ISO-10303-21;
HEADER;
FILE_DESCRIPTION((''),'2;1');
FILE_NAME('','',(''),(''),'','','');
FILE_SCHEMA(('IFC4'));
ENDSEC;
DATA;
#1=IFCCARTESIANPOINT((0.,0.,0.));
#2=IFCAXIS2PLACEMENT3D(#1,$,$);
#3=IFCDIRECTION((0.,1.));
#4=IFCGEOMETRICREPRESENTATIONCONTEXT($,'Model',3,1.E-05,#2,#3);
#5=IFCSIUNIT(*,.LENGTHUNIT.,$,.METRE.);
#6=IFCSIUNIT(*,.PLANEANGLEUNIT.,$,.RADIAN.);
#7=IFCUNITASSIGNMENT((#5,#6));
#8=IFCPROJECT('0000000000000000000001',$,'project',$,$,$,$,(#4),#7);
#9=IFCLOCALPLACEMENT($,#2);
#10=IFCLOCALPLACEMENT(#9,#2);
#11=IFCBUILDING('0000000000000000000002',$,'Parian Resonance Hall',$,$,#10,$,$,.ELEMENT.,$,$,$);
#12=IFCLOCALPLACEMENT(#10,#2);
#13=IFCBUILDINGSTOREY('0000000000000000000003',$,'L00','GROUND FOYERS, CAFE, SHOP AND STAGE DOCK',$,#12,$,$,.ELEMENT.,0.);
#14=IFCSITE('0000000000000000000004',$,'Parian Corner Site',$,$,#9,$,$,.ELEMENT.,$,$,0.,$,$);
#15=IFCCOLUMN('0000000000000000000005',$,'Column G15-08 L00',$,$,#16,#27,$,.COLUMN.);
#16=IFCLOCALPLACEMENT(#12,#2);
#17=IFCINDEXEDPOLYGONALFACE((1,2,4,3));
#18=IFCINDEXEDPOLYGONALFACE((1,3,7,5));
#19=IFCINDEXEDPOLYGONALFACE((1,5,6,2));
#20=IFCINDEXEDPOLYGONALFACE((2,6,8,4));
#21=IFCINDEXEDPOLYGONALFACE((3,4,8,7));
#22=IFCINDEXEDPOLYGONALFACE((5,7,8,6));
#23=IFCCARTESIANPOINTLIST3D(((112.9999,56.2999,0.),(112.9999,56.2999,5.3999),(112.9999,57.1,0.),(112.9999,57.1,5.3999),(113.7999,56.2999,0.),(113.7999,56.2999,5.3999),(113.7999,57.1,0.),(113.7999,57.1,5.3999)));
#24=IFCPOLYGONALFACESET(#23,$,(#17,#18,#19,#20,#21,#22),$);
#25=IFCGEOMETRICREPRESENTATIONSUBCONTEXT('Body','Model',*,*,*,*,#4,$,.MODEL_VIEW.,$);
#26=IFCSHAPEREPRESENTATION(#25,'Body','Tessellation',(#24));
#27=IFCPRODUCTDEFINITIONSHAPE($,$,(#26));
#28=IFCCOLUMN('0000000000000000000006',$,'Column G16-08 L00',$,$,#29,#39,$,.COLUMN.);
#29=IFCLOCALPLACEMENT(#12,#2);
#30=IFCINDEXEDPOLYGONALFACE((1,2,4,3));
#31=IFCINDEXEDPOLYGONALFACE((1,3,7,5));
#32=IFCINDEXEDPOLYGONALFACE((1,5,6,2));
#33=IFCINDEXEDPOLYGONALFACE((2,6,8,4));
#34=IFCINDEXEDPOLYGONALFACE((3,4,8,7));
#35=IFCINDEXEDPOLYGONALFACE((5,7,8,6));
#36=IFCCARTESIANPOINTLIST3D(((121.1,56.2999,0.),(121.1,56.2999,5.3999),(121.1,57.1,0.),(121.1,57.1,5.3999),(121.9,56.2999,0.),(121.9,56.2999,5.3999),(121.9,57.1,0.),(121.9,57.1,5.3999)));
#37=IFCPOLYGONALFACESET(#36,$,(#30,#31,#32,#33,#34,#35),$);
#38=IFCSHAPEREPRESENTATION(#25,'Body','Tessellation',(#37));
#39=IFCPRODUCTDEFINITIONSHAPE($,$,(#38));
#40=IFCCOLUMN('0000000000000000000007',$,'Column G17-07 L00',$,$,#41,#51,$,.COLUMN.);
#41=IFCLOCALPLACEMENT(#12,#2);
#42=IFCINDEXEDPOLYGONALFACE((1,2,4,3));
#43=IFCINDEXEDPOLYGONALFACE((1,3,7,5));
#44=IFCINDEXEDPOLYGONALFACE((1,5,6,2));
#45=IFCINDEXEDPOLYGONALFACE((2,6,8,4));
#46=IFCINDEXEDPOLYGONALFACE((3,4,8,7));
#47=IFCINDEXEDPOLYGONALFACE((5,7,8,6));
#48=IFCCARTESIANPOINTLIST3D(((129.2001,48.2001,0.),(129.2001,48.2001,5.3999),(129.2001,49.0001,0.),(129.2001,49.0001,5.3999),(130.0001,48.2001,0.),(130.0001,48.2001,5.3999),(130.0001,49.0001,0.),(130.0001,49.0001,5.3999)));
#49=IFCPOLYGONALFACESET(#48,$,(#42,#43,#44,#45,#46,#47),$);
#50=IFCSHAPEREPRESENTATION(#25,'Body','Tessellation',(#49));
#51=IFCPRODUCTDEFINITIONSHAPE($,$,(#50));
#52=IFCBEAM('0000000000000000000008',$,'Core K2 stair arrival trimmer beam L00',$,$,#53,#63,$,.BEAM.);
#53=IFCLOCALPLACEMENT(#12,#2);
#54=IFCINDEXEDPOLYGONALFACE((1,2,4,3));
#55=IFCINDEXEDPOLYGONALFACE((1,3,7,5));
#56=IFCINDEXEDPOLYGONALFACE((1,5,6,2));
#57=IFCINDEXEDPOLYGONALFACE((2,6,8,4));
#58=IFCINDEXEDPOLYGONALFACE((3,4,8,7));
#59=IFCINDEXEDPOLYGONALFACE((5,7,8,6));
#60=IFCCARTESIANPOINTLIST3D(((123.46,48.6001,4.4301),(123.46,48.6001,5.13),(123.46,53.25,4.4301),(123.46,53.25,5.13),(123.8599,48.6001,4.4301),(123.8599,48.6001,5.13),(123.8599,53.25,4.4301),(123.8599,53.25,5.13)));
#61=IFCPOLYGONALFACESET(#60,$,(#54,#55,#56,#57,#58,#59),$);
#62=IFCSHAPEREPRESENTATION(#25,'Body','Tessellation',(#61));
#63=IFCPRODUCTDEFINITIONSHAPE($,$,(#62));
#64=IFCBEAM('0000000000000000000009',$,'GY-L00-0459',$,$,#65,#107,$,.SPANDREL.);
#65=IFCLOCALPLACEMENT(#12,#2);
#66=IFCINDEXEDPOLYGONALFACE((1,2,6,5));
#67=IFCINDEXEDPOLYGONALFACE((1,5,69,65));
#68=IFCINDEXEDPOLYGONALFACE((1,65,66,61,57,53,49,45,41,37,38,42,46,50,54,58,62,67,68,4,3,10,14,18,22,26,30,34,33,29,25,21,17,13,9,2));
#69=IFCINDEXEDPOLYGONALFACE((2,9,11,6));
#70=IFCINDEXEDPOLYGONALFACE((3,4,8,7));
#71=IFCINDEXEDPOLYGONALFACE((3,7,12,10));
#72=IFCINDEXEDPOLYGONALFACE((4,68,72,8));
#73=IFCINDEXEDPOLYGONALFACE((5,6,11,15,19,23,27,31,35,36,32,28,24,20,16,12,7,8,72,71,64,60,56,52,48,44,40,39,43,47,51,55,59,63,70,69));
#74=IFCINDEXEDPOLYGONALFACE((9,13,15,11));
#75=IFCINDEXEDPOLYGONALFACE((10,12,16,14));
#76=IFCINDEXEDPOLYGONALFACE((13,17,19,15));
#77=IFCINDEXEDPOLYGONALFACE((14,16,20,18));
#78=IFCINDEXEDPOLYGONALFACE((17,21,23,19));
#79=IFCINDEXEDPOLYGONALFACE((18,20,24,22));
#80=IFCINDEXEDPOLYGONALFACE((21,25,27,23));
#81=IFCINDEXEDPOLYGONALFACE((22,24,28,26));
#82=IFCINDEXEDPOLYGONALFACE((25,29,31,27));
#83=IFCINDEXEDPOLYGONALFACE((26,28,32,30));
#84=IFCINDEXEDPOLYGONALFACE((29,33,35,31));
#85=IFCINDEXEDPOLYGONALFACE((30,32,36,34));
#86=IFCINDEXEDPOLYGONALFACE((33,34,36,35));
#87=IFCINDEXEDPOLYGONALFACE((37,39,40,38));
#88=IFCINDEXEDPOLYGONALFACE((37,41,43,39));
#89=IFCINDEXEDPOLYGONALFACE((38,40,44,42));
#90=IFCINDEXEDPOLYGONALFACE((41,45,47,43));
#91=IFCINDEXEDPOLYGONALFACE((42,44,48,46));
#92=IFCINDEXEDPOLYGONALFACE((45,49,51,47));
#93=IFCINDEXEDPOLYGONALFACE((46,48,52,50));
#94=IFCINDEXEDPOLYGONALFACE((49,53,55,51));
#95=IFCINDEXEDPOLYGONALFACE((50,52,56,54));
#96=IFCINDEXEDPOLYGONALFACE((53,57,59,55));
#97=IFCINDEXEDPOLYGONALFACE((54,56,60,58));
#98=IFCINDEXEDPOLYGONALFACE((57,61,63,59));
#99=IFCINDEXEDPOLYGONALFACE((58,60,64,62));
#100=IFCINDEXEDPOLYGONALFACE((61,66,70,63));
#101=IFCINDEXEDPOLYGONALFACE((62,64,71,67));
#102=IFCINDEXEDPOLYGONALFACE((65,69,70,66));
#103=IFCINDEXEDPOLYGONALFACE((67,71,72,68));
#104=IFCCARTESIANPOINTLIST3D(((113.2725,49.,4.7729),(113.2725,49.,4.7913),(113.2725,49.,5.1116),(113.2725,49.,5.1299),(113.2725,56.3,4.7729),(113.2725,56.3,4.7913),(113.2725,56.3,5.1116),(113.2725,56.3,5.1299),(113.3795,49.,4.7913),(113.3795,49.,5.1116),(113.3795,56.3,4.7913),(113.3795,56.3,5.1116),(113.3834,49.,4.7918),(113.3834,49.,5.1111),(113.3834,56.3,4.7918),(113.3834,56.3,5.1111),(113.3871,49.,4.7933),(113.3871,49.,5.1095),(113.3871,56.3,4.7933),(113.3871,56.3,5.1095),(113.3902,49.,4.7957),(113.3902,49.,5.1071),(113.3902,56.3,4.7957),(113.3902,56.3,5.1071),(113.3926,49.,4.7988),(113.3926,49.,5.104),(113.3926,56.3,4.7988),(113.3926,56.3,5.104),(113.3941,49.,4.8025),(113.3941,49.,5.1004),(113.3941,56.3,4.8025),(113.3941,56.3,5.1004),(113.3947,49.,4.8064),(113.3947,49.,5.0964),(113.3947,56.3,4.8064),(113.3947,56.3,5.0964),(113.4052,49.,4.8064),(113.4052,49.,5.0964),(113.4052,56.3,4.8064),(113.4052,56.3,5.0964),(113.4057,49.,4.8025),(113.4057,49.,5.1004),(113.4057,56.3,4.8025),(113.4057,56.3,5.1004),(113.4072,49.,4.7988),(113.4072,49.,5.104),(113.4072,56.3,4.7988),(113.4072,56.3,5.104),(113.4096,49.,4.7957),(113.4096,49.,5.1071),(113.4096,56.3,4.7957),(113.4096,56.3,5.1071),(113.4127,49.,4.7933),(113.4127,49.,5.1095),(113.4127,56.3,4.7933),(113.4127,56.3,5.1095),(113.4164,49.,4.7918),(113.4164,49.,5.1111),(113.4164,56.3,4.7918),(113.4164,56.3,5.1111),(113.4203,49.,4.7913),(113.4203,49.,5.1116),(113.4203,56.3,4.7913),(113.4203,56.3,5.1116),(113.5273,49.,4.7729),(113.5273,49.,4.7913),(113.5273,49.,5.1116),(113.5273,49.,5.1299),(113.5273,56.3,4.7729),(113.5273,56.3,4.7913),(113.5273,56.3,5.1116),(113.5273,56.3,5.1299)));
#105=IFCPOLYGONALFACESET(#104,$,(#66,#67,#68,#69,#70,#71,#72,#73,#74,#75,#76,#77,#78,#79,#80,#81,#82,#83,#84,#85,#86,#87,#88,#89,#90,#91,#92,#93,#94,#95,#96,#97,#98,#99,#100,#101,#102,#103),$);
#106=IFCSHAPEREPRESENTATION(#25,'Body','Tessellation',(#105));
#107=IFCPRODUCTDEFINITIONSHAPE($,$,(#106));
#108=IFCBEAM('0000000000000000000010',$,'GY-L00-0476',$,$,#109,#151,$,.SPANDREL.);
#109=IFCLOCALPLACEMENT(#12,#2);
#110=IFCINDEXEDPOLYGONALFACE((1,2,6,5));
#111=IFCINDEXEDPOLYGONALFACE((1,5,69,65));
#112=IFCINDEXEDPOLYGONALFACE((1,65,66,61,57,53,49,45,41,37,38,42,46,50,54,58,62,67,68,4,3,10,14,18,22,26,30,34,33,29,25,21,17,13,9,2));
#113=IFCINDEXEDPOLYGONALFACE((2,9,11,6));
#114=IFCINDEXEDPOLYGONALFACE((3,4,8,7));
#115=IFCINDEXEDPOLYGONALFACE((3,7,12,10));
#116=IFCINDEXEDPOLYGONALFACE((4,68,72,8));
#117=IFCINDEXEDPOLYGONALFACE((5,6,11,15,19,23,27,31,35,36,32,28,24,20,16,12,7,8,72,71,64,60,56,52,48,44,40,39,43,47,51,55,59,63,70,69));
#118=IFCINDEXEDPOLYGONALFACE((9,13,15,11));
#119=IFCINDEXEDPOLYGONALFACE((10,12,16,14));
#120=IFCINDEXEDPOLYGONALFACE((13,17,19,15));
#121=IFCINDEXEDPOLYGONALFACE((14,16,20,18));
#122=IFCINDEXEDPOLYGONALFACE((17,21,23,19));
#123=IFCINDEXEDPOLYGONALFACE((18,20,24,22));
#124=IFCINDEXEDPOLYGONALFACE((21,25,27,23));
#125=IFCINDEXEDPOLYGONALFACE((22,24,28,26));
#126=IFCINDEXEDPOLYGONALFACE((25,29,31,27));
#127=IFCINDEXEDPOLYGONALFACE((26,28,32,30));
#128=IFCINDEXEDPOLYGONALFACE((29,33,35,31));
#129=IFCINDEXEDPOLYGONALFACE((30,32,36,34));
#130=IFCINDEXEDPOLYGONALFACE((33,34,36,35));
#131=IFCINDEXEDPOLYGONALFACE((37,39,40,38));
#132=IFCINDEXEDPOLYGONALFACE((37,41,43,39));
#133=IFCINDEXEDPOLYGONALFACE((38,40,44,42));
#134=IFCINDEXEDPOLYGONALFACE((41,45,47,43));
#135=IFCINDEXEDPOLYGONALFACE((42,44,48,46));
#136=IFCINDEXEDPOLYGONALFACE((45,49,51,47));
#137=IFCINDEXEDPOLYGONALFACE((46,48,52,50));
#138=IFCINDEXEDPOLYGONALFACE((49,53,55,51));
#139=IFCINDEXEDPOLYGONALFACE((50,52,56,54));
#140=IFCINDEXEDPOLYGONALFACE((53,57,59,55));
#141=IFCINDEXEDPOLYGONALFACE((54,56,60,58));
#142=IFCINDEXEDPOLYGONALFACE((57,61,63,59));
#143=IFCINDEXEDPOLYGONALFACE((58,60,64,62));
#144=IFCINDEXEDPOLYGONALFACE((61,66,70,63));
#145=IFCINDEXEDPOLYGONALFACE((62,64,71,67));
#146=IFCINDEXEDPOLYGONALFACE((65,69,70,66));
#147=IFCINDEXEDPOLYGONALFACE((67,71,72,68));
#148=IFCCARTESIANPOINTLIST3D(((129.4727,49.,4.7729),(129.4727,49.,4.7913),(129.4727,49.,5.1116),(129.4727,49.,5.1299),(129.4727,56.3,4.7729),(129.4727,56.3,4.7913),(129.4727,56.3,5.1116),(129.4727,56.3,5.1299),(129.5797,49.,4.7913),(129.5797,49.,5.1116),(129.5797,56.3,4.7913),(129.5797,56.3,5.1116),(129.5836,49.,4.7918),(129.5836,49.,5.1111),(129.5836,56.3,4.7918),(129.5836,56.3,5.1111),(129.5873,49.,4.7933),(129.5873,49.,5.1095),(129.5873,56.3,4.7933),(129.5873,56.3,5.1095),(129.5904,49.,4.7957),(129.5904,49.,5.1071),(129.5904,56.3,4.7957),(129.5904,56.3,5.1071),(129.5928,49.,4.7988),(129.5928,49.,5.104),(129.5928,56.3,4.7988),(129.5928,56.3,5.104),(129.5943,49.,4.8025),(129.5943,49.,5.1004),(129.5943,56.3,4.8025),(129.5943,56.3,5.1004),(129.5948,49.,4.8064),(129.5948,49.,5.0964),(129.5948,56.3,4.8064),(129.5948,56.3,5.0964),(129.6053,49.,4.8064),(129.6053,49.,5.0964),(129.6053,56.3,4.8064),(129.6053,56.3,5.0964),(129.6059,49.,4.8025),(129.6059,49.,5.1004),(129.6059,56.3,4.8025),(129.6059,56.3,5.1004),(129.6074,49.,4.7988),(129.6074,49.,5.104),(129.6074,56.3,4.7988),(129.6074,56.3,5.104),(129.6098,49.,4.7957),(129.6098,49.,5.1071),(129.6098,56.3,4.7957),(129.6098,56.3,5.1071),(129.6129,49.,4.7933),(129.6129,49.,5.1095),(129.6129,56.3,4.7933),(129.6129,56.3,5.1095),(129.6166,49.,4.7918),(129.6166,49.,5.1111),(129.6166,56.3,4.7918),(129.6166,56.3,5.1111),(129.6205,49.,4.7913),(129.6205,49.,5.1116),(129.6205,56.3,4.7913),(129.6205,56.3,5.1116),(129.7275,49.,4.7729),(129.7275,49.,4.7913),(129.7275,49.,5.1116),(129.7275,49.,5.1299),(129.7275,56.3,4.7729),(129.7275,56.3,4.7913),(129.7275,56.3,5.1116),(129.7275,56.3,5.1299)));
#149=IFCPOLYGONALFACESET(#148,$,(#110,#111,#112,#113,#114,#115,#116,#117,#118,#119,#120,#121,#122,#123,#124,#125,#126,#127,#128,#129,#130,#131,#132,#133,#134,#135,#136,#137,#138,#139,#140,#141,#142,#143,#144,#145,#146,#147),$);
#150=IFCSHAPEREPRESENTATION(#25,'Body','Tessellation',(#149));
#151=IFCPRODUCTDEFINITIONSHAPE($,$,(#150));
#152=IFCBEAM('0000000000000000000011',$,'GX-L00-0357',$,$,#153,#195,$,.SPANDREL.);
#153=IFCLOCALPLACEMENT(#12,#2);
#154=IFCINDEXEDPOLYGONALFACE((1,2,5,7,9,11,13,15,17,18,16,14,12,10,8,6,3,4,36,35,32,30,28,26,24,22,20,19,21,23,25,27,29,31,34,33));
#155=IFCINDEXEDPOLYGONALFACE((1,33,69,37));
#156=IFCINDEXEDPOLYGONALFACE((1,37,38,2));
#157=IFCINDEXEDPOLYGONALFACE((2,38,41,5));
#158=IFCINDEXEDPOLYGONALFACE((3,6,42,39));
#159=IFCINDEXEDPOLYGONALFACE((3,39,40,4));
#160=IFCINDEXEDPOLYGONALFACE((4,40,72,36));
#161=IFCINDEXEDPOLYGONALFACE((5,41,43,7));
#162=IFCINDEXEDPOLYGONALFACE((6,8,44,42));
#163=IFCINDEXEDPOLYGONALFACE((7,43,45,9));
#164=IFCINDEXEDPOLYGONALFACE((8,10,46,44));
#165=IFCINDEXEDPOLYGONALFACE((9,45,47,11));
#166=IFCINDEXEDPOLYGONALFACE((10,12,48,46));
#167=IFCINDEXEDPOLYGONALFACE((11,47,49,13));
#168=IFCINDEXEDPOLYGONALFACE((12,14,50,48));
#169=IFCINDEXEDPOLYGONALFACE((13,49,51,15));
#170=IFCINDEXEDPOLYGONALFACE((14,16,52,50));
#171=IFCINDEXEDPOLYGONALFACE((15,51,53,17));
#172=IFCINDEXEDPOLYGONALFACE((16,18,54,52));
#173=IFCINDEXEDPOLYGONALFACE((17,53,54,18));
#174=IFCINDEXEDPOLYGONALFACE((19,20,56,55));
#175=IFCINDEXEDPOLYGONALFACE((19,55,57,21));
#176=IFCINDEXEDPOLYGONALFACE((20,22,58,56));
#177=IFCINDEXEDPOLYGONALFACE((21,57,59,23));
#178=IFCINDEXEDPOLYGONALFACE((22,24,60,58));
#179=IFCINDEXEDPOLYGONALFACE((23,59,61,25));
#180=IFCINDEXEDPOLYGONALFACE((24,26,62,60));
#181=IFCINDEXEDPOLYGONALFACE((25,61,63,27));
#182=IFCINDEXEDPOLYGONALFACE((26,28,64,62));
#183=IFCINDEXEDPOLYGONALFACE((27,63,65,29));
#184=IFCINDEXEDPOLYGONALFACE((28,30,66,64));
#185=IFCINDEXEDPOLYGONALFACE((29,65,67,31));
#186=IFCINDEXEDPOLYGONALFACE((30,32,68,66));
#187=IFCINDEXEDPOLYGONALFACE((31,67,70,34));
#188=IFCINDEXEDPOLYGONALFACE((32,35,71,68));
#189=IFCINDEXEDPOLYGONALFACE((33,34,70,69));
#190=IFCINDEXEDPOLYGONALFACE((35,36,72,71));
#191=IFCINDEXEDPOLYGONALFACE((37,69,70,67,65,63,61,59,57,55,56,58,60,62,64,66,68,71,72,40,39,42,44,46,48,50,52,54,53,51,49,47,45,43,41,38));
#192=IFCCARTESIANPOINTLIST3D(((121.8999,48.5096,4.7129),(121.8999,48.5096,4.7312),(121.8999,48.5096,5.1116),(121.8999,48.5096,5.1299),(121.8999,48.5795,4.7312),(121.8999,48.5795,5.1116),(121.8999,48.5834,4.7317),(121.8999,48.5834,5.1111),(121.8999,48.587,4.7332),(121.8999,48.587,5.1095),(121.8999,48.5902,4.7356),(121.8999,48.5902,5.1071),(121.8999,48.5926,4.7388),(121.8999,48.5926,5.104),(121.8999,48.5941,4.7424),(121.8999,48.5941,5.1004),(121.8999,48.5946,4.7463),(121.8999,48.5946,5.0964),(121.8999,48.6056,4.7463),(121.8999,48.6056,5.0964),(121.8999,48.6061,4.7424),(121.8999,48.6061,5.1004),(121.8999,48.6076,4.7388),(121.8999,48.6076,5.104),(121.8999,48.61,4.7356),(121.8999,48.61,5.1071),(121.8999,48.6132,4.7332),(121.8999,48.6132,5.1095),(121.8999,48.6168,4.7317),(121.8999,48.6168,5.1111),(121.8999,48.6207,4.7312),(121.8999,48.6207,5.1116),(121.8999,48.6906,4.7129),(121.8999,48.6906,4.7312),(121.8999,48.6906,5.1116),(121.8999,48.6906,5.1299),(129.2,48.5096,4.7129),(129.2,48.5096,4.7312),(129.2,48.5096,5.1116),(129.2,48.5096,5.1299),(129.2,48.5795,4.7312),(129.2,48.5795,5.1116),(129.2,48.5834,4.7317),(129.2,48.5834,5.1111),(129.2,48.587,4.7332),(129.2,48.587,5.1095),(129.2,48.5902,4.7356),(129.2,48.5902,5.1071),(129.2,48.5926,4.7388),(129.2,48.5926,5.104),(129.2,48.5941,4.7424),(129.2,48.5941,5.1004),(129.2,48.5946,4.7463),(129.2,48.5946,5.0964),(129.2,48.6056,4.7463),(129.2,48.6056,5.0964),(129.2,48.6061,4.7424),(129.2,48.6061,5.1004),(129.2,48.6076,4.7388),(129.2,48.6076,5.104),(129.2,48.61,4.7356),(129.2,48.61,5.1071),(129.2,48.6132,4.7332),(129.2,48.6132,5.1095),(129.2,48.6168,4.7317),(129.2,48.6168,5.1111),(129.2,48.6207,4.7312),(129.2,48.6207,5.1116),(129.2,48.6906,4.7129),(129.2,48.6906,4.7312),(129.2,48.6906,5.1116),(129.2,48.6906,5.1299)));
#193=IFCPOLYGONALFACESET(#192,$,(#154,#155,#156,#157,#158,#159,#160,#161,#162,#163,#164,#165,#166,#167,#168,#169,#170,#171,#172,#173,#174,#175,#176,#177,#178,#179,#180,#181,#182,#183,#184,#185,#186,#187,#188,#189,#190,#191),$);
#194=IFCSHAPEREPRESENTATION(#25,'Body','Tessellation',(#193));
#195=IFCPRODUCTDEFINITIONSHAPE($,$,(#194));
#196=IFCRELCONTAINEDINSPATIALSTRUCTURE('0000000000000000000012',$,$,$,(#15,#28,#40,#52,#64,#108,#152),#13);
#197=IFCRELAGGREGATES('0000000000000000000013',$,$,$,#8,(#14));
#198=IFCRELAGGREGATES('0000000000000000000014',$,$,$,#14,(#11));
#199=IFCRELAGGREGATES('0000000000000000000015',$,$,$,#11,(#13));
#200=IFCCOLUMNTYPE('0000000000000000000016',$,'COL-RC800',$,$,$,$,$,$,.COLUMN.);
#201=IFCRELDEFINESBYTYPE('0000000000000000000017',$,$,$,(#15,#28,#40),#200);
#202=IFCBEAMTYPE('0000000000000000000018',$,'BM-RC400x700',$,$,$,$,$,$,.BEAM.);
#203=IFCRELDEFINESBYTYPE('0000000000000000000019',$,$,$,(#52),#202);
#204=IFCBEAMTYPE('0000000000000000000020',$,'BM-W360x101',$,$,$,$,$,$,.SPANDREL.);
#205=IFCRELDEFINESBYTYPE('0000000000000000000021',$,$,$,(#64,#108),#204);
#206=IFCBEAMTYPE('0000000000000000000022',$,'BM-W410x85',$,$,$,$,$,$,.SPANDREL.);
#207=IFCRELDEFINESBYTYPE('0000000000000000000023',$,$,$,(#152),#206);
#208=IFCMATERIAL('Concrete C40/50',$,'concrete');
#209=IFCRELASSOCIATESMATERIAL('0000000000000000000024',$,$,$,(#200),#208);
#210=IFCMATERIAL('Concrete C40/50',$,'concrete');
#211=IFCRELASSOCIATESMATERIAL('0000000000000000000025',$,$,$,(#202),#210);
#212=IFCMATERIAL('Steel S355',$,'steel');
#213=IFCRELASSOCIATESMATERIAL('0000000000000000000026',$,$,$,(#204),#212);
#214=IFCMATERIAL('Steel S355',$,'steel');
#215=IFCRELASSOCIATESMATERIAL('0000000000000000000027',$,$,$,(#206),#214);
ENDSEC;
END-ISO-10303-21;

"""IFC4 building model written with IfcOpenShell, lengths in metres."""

from ifc_helpers import new_model, si_unit, direction, frame, origin, origin_2d, place, context, subcontext, project, spatial, rectangle, i_section, extrude, material, material_profile, profile_set, type_object, element, save


model = new_model("IFC4")

# Units and contexts
model_context = context("Model", 3, precision=1e-05, world=origin(), true_north=direction((0.0, 1.0)))
body_context = subcontext(model_context, "Body", "Model", "MODEL_VIEW")
ifc_project = project(units=[si_unit("LENGTHUNIT", "METRE"), si_unit("PLANEANGLEUNIT", "RADIAN")], contexts=[model_context])

# Site, building, storey
site_placement = place(None, origin())
site = spatial("IfcSite", under=ifc_project, at=site_placement, Name="Parian Corner Site", CompositionType="ELEMENT", RefElevation=0.0)
building_placement = place(site_placement, origin())
building = spatial("IfcBuilding", under=site, at=building_placement, Name="Parian Resonance Hall", CompositionType="ELEMENT")
storey_placement = place(building_placement, origin())
storey = spatial("IfcBuildingStorey", under=building, at=storey_placement, Name="L00", Description="GROUND FOYERS, CAFE, SHOP AND STAGE DOCK", CompositionType="ELEMENT", Elevation=0.0)

# Columns
ifc_material_1 = material(Name="Concrete C40/50", Category="concrete")
ifc_material_profile_1 = material_profile(ifc_material_1, rectangle(XDim=0.8, YDim=0.8, at=origin_2d()), Name="RC-COL-800x800")
ifc_profile_set_1 = profile_set([ifc_material_profile_1], Name="Concrete C40/50")
column_type = type_object("IfcColumnType", Name="COL-RC800", PredefinedType="COLUMN", material=ifc_profile_set_1)
for number, where, z_axis, x_axis, name in (
    (1, (113.3999, 56.7, 0.0), (0.0, 0.0, 1.0), (1.0, 0.0, 0.0), "Column G15-08 L00"),
    (2, (121.5, 56.7, 0.0), (0.0, 0.0, 1.0), (1.0, 0.0, 0.0), "Column G16-08 L00"),
    (3, (129.6001, 48.6001, 0.0), (0.0, 0.0, 1.0), (1.0, 0.0, 0.0), "Column G17-07 L00"),
):
    element("IfcColumn", number, at=place(storey_placement, frame(where, z_axis=z_axis, x_axis=x_axis)), inside=storey, type_object=column_type, Name=name, PredefinedType="COLUMN", context=body_context, shape_type="SweptSolid", body=[
        extrude(rectangle(XDim=0.8, YDim=0.8, at=origin_2d()), origin(), (0.0, 0.0, 1.0), 5.3999),
    ])

# Beams
ifc_material_2 = material(Name="Concrete C40/50", Category="concrete")
ifc_material_profile_2 = material_profile(ifc_material_2, rectangle(XDim=0.3999, YDim=0.7, at=origin_2d()), Name="RC-BM-400x700")
ifc_profile_set_2 = profile_set([ifc_material_profile_2], Name="Concrete C40/50")
beam_type_1 = type_object("IfcBeamType", Name="BM-RC400x700", PredefinedType="BEAM", material=ifc_profile_set_2)
beam_1_placement = place(storey_placement, frame((123.6599, 48.6001, 4.78), z_axis=(0.0, 1.0, 0.0), x_axis=(-1.0, 0.0, 0.0)))
element("IfcBeam", 4, at=beam_1_placement, inside=storey, type_object=beam_type_1, Name="Core K2 stair arrival trimmer beam L00", PredefinedType="BEAM", context=body_context, shape_type="SweptSolid", body=[
    extrude(rectangle(XDim=0.3999, YDim=0.7, at=origin_2d()), origin(), (0.0, 0.0, 1.0), 4.6499),
])
ifc_material_3 = material(Name="Steel S355", Category="steel")
ifc_material_profile_3 = material_profile(ifc_material_3, i_section(OverallWidth=0.2549, OverallDepth=0.3569, WebThickness=0.0105, FlangeThickness=0.0183, FilletRadius=0.0151, at=origin_2d()), Name="W360x101")
ifc_profile_set_3 = profile_set([ifc_material_profile_3], Name="Steel S355")
beam_type_2 = type_object("IfcBeamType", Name="BM-W360x101", PredefinedType="SPANDREL", material=ifc_profile_set_3)
for number, where, z_axis, x_axis, name in (
    (5, (113.3999, 49.0, 4.9514), (0.0, 1.0, 0.0), (-1.0, 0.0, 0.0), "GY-L00-0459"),
    (6, (129.6001, 49.0, 4.9514), (0.0, 1.0, 0.0), (-1.0, 0.0, 0.0), "GY-L00-0476"),
):
    element("IfcBeam", number, at=place(storey_placement, frame(where, z_axis=z_axis, x_axis=x_axis)), inside=storey, type_object=beam_type_2, Name=name, PredefinedType="SPANDREL", context=body_context, shape_type="SweptSolid", body=[
        extrude(i_section(OverallWidth=0.2549, OverallDepth=0.3569, WebThickness=0.0105, FlangeThickness=0.0183, FilletRadius=0.0151, at=origin_2d()), origin(), (0.0, 0.0, 1.0), 7.3),
    ])
ifc_material_4 = material(Name="Steel S355", Category="steel")
ifc_material_profile_4 = material_profile(ifc_material_4, i_section(OverallWidth=0.1809, OverallDepth=0.417, WebThickness=0.011, FlangeThickness=0.0183, FilletRadius=0.0151, at=origin_2d()), Name="W410x85")
ifc_profile_set_4 = profile_set([ifc_material_profile_4], Name="Steel S355")
beam_type_3 = type_object("IfcBeamType", Name="BM-W410x85", PredefinedType="SPANDREL", material=ifc_profile_set_4)
for number, where, z_axis, x_axis, name in (
    (7, (121.8999, 48.6001, 4.9214), (1.0, 0.0, 0.0), (0.0, 1.0, 0.0), "GX-L00-0357"),
):
    element("IfcBeam", number, at=place(storey_placement, frame(where, z_axis=z_axis, x_axis=x_axis)), inside=storey, type_object=beam_type_3, Name=name, PredefinedType="SPANDREL", context=body_context, shape_type="SweptSolid", body=[
        extrude(i_section(OverallWidth=0.1809, OverallDepth=0.417, WebThickness=0.011, FlangeThickness=0.0183, FilletRadius=0.0151, at=origin_2d()), origin(), (0.0, 0.0, 1.0), 7.3),
    ])

save(model, "model.ifc")
